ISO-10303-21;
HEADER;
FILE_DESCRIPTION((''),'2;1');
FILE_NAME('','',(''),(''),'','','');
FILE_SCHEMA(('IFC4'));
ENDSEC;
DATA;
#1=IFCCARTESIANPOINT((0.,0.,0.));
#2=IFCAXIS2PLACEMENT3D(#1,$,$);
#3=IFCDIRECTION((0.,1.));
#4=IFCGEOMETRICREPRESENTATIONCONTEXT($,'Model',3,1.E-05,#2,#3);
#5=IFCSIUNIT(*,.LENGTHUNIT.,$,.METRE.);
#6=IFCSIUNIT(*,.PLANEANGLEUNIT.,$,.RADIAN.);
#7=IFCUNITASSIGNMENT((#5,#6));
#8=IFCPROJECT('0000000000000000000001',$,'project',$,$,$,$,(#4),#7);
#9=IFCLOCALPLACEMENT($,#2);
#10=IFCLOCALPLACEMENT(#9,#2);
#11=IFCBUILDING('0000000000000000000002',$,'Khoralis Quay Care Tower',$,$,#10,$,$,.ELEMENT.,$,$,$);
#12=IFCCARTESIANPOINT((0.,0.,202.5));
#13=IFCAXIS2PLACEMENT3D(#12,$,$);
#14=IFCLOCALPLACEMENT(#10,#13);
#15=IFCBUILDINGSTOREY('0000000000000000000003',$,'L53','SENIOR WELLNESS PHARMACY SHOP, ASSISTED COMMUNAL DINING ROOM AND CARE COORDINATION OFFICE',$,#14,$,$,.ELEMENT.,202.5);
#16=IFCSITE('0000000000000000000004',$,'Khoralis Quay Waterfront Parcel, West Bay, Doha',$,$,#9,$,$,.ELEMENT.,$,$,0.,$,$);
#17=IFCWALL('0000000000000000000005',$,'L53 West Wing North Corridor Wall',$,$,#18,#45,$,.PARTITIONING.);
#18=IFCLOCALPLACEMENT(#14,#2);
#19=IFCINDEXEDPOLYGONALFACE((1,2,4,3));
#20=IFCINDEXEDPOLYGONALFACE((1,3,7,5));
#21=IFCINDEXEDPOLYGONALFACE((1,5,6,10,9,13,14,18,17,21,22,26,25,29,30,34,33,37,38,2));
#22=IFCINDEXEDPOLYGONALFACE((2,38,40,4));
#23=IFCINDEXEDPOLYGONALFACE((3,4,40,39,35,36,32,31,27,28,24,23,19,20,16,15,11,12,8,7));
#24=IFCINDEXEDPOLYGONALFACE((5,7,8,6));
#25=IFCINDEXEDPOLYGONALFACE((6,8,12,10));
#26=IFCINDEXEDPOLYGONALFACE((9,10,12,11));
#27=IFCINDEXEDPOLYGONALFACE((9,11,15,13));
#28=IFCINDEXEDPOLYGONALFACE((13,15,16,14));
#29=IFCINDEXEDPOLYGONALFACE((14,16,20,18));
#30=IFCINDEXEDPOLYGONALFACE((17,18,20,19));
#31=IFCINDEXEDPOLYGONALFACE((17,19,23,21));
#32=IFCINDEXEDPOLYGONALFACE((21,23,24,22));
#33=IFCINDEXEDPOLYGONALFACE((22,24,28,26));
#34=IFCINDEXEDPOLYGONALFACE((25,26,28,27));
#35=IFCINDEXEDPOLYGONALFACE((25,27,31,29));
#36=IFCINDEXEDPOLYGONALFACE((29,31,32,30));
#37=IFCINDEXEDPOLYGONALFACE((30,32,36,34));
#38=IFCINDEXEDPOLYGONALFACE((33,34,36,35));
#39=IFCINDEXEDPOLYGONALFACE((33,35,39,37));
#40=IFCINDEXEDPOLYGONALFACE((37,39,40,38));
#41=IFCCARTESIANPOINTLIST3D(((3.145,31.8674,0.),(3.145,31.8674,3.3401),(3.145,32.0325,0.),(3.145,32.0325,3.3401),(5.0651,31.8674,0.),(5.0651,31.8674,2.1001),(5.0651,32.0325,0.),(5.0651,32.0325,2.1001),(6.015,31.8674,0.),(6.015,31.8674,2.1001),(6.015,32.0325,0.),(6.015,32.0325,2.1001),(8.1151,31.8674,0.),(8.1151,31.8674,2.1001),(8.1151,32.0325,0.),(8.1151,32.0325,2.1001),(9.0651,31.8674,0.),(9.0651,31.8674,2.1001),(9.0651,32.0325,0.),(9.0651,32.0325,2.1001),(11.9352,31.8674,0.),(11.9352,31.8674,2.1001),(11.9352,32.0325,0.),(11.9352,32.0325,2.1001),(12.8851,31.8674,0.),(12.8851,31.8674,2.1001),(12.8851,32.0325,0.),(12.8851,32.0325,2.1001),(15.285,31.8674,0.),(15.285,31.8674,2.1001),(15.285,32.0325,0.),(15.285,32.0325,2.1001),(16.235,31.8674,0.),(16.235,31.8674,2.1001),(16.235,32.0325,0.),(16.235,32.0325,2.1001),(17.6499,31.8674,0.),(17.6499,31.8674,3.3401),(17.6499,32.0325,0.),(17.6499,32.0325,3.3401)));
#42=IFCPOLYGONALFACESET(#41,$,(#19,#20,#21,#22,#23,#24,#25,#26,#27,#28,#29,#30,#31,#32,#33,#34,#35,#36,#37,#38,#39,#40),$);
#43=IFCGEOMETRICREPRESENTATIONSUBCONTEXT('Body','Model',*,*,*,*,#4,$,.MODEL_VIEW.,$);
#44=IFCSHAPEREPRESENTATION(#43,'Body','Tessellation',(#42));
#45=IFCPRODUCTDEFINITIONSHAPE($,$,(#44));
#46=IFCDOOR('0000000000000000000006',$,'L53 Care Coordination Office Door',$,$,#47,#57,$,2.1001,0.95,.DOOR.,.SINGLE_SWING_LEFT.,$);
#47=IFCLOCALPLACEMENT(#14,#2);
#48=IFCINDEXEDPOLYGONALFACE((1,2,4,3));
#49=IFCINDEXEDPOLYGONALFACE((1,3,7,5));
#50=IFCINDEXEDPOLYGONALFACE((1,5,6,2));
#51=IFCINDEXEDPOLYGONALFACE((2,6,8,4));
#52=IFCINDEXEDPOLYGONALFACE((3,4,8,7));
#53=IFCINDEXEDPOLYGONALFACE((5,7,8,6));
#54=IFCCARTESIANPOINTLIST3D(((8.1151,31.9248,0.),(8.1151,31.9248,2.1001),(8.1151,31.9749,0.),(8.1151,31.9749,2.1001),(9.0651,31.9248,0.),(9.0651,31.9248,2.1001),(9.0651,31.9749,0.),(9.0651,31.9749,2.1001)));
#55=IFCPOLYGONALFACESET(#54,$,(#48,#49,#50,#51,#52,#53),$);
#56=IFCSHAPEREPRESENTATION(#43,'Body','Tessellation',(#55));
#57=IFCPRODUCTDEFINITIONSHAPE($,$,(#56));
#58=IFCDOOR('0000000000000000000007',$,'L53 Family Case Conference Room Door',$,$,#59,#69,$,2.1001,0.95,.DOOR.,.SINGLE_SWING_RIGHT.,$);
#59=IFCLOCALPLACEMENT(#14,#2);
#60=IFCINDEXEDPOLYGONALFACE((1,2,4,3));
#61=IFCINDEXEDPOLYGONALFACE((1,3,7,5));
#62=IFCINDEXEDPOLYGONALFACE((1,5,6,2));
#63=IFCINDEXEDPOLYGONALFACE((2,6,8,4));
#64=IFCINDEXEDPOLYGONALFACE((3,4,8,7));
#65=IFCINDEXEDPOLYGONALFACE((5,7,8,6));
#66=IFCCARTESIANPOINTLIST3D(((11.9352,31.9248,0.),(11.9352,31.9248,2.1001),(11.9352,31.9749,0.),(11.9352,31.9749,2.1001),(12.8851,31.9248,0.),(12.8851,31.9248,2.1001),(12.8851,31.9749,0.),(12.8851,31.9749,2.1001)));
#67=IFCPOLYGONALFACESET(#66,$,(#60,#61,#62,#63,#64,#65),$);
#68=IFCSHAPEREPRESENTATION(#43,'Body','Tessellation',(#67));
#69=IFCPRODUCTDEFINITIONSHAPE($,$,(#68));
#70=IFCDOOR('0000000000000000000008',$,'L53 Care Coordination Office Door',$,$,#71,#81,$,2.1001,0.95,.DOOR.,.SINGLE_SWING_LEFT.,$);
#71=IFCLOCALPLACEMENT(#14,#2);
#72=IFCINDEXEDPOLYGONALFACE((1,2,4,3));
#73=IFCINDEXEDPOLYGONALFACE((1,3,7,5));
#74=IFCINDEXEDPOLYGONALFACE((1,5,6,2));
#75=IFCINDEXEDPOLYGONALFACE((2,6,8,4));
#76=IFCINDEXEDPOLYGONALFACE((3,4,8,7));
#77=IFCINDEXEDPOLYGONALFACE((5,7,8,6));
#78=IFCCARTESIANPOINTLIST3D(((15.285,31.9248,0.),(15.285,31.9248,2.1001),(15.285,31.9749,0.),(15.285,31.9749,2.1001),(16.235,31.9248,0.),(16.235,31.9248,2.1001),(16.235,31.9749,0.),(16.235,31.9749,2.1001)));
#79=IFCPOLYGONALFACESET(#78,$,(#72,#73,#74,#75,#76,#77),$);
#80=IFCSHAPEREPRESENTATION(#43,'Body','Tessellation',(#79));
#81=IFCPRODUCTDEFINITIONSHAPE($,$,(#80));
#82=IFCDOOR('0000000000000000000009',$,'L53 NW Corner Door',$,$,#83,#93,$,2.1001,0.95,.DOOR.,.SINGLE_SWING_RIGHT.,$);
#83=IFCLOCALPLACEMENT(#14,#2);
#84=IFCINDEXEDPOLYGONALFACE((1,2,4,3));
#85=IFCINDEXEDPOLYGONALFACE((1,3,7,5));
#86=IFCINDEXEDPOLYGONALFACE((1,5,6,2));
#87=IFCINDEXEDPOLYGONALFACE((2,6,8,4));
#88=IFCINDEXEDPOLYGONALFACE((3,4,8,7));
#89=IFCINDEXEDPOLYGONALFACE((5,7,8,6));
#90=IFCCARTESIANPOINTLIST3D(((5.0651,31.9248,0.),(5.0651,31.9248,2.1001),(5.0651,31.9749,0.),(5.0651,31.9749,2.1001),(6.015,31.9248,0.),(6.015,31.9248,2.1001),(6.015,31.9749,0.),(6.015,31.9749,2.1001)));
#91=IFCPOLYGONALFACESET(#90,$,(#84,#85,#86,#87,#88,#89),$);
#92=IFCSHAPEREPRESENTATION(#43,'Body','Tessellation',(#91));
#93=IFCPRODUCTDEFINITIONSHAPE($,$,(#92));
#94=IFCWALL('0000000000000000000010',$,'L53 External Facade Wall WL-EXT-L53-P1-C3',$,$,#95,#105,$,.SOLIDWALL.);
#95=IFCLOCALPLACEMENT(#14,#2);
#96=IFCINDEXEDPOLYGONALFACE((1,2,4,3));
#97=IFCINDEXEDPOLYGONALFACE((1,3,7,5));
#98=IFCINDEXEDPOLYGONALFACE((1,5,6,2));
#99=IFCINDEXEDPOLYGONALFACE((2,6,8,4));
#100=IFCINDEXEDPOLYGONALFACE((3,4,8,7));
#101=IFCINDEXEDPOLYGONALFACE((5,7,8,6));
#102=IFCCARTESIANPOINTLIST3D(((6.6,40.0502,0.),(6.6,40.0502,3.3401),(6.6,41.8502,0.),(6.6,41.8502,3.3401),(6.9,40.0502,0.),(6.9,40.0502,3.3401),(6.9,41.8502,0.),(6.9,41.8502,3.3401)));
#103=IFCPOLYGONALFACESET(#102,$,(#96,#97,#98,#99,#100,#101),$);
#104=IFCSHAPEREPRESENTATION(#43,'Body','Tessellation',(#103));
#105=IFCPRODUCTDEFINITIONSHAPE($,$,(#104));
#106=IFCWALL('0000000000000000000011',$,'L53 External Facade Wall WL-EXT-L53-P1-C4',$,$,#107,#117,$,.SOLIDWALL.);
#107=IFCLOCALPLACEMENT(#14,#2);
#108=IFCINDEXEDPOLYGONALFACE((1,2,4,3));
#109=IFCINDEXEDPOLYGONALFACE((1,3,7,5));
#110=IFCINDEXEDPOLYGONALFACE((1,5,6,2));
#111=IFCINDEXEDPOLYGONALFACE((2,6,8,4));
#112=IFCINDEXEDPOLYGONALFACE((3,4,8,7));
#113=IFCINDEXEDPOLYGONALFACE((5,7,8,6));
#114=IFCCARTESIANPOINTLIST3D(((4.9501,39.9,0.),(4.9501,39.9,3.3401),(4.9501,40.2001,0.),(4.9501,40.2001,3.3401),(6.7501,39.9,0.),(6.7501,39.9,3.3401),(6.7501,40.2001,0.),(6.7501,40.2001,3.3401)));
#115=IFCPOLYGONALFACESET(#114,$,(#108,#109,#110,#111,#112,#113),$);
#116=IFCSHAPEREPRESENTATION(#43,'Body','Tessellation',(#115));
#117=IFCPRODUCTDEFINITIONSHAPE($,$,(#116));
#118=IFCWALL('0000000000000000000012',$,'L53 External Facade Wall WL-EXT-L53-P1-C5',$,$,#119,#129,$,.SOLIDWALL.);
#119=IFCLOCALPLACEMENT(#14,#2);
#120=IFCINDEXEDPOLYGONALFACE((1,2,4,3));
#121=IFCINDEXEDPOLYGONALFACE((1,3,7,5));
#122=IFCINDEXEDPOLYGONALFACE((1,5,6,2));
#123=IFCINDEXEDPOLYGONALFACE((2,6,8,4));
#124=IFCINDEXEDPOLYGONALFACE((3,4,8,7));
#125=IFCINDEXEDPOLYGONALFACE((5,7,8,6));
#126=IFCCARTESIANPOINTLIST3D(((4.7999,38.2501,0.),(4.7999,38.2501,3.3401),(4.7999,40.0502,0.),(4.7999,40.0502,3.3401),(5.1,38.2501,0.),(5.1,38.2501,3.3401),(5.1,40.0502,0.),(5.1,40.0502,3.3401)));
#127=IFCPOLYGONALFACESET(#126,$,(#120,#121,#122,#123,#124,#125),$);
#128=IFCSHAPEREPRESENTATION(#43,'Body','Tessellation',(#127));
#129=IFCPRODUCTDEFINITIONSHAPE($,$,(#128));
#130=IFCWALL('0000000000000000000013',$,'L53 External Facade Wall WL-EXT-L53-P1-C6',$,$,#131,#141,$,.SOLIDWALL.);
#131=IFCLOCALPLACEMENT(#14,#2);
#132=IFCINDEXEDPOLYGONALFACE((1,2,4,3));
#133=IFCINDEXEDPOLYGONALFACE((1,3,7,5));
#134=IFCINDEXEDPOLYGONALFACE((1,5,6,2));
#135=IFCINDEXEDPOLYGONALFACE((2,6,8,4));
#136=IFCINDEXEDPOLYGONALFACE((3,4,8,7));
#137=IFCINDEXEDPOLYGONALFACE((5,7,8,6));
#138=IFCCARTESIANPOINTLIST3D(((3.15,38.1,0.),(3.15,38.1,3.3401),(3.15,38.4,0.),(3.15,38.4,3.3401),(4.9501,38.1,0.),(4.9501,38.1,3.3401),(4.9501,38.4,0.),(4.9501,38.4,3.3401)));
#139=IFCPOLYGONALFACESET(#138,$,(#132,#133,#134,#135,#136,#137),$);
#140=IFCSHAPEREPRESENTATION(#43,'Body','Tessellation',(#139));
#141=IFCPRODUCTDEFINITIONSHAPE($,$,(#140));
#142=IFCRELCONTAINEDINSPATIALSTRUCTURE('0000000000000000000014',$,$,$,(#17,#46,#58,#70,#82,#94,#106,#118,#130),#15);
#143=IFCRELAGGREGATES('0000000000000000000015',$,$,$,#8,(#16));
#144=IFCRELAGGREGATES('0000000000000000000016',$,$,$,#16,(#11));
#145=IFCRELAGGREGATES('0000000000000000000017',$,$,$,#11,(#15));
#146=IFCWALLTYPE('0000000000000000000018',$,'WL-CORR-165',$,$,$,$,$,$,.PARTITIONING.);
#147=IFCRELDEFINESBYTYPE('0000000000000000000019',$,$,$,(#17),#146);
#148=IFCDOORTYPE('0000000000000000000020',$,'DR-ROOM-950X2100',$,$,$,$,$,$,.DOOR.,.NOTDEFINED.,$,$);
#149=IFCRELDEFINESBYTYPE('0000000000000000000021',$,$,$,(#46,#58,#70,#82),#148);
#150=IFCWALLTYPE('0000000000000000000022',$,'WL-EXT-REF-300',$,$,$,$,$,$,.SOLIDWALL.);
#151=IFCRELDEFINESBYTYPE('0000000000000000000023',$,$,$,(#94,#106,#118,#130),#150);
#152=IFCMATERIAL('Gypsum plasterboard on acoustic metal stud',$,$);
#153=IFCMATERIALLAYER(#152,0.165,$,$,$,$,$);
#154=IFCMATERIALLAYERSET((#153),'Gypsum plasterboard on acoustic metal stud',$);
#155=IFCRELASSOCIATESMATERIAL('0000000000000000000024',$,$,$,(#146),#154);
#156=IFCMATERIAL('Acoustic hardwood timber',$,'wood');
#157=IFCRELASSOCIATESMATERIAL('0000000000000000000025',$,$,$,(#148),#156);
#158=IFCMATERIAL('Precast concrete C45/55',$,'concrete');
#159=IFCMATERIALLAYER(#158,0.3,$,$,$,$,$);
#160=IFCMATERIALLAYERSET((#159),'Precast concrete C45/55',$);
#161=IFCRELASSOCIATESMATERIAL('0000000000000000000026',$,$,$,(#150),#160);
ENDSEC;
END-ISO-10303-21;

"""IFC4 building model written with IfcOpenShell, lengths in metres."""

from ifc_helpers import new_model, si_unit, direction, frame, frame_2d, origin, place, context, subcontext, project, spatial, rectangle, extrude, source, transform, mapped, material, layer, layer_set, type_object, element, fill, save


model = new_model("IFC4")

# Units and contexts
model_context = context("Model", 3, precision=1e-05, world=origin(), true_north=direction((0.0, 1.0)))
body_context = subcontext(model_context, "Body", "Model", "MODEL_VIEW")
ifc_project = project(units=[si_unit("LENGTHUNIT", "METRE"), si_unit("PLANEANGLEUNIT", "RADIAN")], contexts=[model_context])

# Site, building, storey
site_placement = place(None, origin())
site = spatial("IfcSite", under=ifc_project, at=site_placement, Name="Khoralis Quay Waterfront Parcel, West Bay, Doha", CompositionType="ELEMENT", RefElevation=0.0)
building_placement = place(site_placement, origin())
building = spatial("IfcBuilding", under=site, at=building_placement, Name="Khoralis Quay Care Tower", CompositionType="ELEMENT")
storey_placement = place(building_placement, frame((0.0, 0.0, 202.5)))
storey = spatial("IfcBuildingStorey", under=building, at=storey_placement, Name="L53", Description="SENIOR WELLNESS PHARMACY SHOP, ASSISTED COMMUNAL DINING ROOM AND CARE COORDINATION OFFICE", CompositionType="ELEMENT", Elevation=202.5)

# Shared definitions
ifc_material_1 = material(Name="Gypsum plasterboard on acoustic metal stud")
ifc_layer_1 = layer(ifc_material_1, 0.165)
ifc_layer_set_1 = layer_set([ifc_layer_1], Name="Gypsum plasterboard on acoustic metal stud")
wall_type_1 = type_object("IfcWallType", Name="WL-CORR-165", PredefinedType="PARTITIONING", material=ifc_layer_set_1)

# Wall, openings, doors
wall_1_placement = place(storey_placement, frame((3.145, 31.95, 0.0), z_axis=(0.0, 0.0, 1.0), x_axis=(1.0, 0.0, 0.0)))
wall_1 = element("IfcWall", 1, at=wall_1_placement, inside=storey, type_object=wall_type_1, Name="L53 West Wing North Corridor Wall", PredefinedType="PARTITIONING", context=body_context, shape_type="SweptSolid", body=[
    extrude(rectangle(XDim=14.5049, YDim=0.165, at=frame_2d((7.2524, 0.0))), origin(), (0.0, 0.0, 1.0), 3.3401),
])
opening_1_placement = place(wall_1_placement, frame((4.97, 0.0, 0.0)))
opening_1 = element("IfcOpeningElement", 2, at=opening_1_placement, cuts=wall_1, PredefinedType="OPENING", context=body_context, shape_type="SweptSolid", body=[
    extrude(rectangle(XDim=0.95, YDim=2.1001, at=frame_2d((0.4751, 1.05))), frame((0.0, 0.0925, 0.0), z_axis=(0.0, -1.0, 0.0), x_axis=(1.0, 0.0, 0.0)), (0.0, 0.0, 1.0), 0.1851),
])
opening_2_placement = place(wall_1_placement, frame((8.79, 0.0, 0.0)))
opening_2 = element("IfcOpeningElement", 3, at=opening_2_placement, cuts=wall_1, PredefinedType="OPENING", context=body_context, shape_type="SweptSolid", body=[
    extrude(rectangle(XDim=0.95, YDim=2.1001, at=frame_2d((0.4751, 1.05))), frame((0.0, 0.0925, 0.0), z_axis=(0.0, -1.0, 0.0), x_axis=(1.0, 0.0, 0.0)), (0.0, 0.0, 1.0), 0.1851),
])
opening_3_placement = place(wall_1_placement, frame((12.1399, 0.0, 0.0)))
opening_3 = element("IfcOpeningElement", 4, at=opening_3_placement, cuts=wall_1, PredefinedType="OPENING", context=body_context, shape_type="SweptSolid", body=[
    extrude(rectangle(XDim=0.95, YDim=2.1001, at=frame_2d((0.4751, 1.05))), frame((0.0, 0.0925, 0.0), z_axis=(0.0, -1.0, 0.0), x_axis=(1.0, 0.0, 0.0)), (0.0, 0.0, 1.0), 0.1851),
])
opening_4_placement = place(wall_1_placement, frame((1.9199, 0.0, 0.0)))
opening_4 = element("IfcOpeningElement", 5, at=opening_4_placement, cuts=wall_1, PredefinedType="OPENING", context=body_context, shape_type="SweptSolid", body=[
    extrude(rectangle(XDim=0.95, YDim=2.1001, at=frame_2d((0.4751, 1.05))), frame((0.0, 0.0925, 0.0), z_axis=(0.0, -1.0, 0.0), x_axis=(1.0, 0.0, 0.0)), (0.0, 0.0, 1.0), 0.1851),
])
ifc_material_2 = material(Name="Acoustic hardwood timber", Category="wood")
door_type_1 = type_object("IfcDoorType", Name="DR-ROOM-950X2100", OperationType="NOTDEFINED", PredefinedType="DOOR", material=ifc_material_2)
shared_shape_1 = source(origin(), body_context, "Body", "SweptSolid", [
    extrude(rectangle(XDim=0.95, YDim=2.1001, at=frame_2d((0.4751, 1.05))), frame((0.0, 0.0249, 0.0), z_axis=(0.0, -1.0, 0.0), x_axis=(1.0, 0.0, 0.0)), (0.0, 0.0, 1.0), 0.05),
])
door_1_placement = place(opening_1_placement, origin())
door_1 = element("IfcDoor", 6, at=door_1_placement, inside=storey, type_object=door_type_1, Name="L53 Care Coordination Office Door", OperationType="SINGLE_SWING_LEFT", OverallHeight=2.1001, OverallWidth=0.95, PredefinedType="DOOR", context=body_context, shape_type="MappedRepresentation", body=[
    mapped(shared_shape_1, transform((0.0, 0.0, 0.0), scale=1.0)),
])
fill(opening_1, door_1)
door_2_placement = place(opening_2_placement, origin())
door_2 = element("IfcDoor", 7, at=door_2_placement, inside=storey, type_object=door_type_1, Name="L53 Family Case Conference Room Door", OperationType="SINGLE_SWING_RIGHT", OverallHeight=2.1001, OverallWidth=0.95, PredefinedType="DOOR", context=body_context, shape_type="MappedRepresentation", body=[
    mapped(shared_shape_1, transform((0.0, 0.0, 0.0), scale=1.0)),
])
fill(opening_2, door_2)
door_3_placement = place(opening_3_placement, origin())
door_3 = element("IfcDoor", 8, at=door_3_placement, inside=storey, type_object=door_type_1, Name="L53 Care Coordination Office Door", OperationType="SINGLE_SWING_LEFT", OverallHeight=2.1001, OverallWidth=0.95, PredefinedType="DOOR", context=body_context, shape_type="MappedRepresentation", body=[
    mapped(shared_shape_1, transform((0.0, 0.0, 0.0), scale=1.0)),
])
fill(opening_3, door_3)
door_4_placement = place(opening_4_placement, origin())
door_4 = element("IfcDoor", 9, at=door_4_placement, inside=storey, type_object=door_type_1, Name="L53 NW Corner Door", OperationType="SINGLE_SWING_RIGHT", OverallHeight=2.1001, OverallWidth=0.95, PredefinedType="DOOR", context=body_context, shape_type="MappedRepresentation", body=[
    mapped(shared_shape_1, transform((0.0, 0.0, 0.0), scale=1.0)),
])
fill(opening_4, door_4)

# Walls
ifc_material_3 = material(Name="Precast concrete C45/55", Category="concrete")
ifc_layer_2 = layer(ifc_material_3, 0.3)
ifc_layer_set_2 = layer_set([ifc_layer_2], Name="Precast concrete C45/55")
wall_type_2 = type_object("IfcWallType", Name="WL-EXT-REF-300", PredefinedType="SOLIDWALL", material=ifc_layer_set_2)
for number, where, z_axis, x_axis, name in (
    (10, (6.75, 41.8501, 0.0), (0.0, 0.0, 1.0), (0.0, -1.0, 0.0), "L53 External Facade Wall WL-EXT-L53-P1-C3"),
    (11, (6.75, 40.05, 0.0), (0.0, 0.0, 1.0), (-1.0, 0.0, 0.0), "L53 External Facade Wall WL-EXT-L53-P1-C4"),
    (12, (4.95, 40.05, 0.0), (0.0, 0.0, 1.0), (0.0, -1.0, 0.0), "L53 External Facade Wall WL-EXT-L53-P1-C5"),
    (13, (4.95, 38.25, 0.0), (0.0, 0.0, 1.0), (-1.0, 0.0, 0.0), "L53 External Facade Wall WL-EXT-L53-P1-C6"),
):
    element("IfcWall", number, at=place(storey_placement, frame(where, z_axis=z_axis, x_axis=x_axis)), inside=storey, type_object=wall_type_2, Name=name, PredefinedType="SOLIDWALL", context=body_context, shape_type="SweptSolid", body=[
        extrude(rectangle(XDim=1.8, YDim=0.3, at=frame_2d((0.8999, 0.0))), origin(), (0.0, 0.0, 1.0), 3.3401),
    ])

save(model, "model.ifc")
